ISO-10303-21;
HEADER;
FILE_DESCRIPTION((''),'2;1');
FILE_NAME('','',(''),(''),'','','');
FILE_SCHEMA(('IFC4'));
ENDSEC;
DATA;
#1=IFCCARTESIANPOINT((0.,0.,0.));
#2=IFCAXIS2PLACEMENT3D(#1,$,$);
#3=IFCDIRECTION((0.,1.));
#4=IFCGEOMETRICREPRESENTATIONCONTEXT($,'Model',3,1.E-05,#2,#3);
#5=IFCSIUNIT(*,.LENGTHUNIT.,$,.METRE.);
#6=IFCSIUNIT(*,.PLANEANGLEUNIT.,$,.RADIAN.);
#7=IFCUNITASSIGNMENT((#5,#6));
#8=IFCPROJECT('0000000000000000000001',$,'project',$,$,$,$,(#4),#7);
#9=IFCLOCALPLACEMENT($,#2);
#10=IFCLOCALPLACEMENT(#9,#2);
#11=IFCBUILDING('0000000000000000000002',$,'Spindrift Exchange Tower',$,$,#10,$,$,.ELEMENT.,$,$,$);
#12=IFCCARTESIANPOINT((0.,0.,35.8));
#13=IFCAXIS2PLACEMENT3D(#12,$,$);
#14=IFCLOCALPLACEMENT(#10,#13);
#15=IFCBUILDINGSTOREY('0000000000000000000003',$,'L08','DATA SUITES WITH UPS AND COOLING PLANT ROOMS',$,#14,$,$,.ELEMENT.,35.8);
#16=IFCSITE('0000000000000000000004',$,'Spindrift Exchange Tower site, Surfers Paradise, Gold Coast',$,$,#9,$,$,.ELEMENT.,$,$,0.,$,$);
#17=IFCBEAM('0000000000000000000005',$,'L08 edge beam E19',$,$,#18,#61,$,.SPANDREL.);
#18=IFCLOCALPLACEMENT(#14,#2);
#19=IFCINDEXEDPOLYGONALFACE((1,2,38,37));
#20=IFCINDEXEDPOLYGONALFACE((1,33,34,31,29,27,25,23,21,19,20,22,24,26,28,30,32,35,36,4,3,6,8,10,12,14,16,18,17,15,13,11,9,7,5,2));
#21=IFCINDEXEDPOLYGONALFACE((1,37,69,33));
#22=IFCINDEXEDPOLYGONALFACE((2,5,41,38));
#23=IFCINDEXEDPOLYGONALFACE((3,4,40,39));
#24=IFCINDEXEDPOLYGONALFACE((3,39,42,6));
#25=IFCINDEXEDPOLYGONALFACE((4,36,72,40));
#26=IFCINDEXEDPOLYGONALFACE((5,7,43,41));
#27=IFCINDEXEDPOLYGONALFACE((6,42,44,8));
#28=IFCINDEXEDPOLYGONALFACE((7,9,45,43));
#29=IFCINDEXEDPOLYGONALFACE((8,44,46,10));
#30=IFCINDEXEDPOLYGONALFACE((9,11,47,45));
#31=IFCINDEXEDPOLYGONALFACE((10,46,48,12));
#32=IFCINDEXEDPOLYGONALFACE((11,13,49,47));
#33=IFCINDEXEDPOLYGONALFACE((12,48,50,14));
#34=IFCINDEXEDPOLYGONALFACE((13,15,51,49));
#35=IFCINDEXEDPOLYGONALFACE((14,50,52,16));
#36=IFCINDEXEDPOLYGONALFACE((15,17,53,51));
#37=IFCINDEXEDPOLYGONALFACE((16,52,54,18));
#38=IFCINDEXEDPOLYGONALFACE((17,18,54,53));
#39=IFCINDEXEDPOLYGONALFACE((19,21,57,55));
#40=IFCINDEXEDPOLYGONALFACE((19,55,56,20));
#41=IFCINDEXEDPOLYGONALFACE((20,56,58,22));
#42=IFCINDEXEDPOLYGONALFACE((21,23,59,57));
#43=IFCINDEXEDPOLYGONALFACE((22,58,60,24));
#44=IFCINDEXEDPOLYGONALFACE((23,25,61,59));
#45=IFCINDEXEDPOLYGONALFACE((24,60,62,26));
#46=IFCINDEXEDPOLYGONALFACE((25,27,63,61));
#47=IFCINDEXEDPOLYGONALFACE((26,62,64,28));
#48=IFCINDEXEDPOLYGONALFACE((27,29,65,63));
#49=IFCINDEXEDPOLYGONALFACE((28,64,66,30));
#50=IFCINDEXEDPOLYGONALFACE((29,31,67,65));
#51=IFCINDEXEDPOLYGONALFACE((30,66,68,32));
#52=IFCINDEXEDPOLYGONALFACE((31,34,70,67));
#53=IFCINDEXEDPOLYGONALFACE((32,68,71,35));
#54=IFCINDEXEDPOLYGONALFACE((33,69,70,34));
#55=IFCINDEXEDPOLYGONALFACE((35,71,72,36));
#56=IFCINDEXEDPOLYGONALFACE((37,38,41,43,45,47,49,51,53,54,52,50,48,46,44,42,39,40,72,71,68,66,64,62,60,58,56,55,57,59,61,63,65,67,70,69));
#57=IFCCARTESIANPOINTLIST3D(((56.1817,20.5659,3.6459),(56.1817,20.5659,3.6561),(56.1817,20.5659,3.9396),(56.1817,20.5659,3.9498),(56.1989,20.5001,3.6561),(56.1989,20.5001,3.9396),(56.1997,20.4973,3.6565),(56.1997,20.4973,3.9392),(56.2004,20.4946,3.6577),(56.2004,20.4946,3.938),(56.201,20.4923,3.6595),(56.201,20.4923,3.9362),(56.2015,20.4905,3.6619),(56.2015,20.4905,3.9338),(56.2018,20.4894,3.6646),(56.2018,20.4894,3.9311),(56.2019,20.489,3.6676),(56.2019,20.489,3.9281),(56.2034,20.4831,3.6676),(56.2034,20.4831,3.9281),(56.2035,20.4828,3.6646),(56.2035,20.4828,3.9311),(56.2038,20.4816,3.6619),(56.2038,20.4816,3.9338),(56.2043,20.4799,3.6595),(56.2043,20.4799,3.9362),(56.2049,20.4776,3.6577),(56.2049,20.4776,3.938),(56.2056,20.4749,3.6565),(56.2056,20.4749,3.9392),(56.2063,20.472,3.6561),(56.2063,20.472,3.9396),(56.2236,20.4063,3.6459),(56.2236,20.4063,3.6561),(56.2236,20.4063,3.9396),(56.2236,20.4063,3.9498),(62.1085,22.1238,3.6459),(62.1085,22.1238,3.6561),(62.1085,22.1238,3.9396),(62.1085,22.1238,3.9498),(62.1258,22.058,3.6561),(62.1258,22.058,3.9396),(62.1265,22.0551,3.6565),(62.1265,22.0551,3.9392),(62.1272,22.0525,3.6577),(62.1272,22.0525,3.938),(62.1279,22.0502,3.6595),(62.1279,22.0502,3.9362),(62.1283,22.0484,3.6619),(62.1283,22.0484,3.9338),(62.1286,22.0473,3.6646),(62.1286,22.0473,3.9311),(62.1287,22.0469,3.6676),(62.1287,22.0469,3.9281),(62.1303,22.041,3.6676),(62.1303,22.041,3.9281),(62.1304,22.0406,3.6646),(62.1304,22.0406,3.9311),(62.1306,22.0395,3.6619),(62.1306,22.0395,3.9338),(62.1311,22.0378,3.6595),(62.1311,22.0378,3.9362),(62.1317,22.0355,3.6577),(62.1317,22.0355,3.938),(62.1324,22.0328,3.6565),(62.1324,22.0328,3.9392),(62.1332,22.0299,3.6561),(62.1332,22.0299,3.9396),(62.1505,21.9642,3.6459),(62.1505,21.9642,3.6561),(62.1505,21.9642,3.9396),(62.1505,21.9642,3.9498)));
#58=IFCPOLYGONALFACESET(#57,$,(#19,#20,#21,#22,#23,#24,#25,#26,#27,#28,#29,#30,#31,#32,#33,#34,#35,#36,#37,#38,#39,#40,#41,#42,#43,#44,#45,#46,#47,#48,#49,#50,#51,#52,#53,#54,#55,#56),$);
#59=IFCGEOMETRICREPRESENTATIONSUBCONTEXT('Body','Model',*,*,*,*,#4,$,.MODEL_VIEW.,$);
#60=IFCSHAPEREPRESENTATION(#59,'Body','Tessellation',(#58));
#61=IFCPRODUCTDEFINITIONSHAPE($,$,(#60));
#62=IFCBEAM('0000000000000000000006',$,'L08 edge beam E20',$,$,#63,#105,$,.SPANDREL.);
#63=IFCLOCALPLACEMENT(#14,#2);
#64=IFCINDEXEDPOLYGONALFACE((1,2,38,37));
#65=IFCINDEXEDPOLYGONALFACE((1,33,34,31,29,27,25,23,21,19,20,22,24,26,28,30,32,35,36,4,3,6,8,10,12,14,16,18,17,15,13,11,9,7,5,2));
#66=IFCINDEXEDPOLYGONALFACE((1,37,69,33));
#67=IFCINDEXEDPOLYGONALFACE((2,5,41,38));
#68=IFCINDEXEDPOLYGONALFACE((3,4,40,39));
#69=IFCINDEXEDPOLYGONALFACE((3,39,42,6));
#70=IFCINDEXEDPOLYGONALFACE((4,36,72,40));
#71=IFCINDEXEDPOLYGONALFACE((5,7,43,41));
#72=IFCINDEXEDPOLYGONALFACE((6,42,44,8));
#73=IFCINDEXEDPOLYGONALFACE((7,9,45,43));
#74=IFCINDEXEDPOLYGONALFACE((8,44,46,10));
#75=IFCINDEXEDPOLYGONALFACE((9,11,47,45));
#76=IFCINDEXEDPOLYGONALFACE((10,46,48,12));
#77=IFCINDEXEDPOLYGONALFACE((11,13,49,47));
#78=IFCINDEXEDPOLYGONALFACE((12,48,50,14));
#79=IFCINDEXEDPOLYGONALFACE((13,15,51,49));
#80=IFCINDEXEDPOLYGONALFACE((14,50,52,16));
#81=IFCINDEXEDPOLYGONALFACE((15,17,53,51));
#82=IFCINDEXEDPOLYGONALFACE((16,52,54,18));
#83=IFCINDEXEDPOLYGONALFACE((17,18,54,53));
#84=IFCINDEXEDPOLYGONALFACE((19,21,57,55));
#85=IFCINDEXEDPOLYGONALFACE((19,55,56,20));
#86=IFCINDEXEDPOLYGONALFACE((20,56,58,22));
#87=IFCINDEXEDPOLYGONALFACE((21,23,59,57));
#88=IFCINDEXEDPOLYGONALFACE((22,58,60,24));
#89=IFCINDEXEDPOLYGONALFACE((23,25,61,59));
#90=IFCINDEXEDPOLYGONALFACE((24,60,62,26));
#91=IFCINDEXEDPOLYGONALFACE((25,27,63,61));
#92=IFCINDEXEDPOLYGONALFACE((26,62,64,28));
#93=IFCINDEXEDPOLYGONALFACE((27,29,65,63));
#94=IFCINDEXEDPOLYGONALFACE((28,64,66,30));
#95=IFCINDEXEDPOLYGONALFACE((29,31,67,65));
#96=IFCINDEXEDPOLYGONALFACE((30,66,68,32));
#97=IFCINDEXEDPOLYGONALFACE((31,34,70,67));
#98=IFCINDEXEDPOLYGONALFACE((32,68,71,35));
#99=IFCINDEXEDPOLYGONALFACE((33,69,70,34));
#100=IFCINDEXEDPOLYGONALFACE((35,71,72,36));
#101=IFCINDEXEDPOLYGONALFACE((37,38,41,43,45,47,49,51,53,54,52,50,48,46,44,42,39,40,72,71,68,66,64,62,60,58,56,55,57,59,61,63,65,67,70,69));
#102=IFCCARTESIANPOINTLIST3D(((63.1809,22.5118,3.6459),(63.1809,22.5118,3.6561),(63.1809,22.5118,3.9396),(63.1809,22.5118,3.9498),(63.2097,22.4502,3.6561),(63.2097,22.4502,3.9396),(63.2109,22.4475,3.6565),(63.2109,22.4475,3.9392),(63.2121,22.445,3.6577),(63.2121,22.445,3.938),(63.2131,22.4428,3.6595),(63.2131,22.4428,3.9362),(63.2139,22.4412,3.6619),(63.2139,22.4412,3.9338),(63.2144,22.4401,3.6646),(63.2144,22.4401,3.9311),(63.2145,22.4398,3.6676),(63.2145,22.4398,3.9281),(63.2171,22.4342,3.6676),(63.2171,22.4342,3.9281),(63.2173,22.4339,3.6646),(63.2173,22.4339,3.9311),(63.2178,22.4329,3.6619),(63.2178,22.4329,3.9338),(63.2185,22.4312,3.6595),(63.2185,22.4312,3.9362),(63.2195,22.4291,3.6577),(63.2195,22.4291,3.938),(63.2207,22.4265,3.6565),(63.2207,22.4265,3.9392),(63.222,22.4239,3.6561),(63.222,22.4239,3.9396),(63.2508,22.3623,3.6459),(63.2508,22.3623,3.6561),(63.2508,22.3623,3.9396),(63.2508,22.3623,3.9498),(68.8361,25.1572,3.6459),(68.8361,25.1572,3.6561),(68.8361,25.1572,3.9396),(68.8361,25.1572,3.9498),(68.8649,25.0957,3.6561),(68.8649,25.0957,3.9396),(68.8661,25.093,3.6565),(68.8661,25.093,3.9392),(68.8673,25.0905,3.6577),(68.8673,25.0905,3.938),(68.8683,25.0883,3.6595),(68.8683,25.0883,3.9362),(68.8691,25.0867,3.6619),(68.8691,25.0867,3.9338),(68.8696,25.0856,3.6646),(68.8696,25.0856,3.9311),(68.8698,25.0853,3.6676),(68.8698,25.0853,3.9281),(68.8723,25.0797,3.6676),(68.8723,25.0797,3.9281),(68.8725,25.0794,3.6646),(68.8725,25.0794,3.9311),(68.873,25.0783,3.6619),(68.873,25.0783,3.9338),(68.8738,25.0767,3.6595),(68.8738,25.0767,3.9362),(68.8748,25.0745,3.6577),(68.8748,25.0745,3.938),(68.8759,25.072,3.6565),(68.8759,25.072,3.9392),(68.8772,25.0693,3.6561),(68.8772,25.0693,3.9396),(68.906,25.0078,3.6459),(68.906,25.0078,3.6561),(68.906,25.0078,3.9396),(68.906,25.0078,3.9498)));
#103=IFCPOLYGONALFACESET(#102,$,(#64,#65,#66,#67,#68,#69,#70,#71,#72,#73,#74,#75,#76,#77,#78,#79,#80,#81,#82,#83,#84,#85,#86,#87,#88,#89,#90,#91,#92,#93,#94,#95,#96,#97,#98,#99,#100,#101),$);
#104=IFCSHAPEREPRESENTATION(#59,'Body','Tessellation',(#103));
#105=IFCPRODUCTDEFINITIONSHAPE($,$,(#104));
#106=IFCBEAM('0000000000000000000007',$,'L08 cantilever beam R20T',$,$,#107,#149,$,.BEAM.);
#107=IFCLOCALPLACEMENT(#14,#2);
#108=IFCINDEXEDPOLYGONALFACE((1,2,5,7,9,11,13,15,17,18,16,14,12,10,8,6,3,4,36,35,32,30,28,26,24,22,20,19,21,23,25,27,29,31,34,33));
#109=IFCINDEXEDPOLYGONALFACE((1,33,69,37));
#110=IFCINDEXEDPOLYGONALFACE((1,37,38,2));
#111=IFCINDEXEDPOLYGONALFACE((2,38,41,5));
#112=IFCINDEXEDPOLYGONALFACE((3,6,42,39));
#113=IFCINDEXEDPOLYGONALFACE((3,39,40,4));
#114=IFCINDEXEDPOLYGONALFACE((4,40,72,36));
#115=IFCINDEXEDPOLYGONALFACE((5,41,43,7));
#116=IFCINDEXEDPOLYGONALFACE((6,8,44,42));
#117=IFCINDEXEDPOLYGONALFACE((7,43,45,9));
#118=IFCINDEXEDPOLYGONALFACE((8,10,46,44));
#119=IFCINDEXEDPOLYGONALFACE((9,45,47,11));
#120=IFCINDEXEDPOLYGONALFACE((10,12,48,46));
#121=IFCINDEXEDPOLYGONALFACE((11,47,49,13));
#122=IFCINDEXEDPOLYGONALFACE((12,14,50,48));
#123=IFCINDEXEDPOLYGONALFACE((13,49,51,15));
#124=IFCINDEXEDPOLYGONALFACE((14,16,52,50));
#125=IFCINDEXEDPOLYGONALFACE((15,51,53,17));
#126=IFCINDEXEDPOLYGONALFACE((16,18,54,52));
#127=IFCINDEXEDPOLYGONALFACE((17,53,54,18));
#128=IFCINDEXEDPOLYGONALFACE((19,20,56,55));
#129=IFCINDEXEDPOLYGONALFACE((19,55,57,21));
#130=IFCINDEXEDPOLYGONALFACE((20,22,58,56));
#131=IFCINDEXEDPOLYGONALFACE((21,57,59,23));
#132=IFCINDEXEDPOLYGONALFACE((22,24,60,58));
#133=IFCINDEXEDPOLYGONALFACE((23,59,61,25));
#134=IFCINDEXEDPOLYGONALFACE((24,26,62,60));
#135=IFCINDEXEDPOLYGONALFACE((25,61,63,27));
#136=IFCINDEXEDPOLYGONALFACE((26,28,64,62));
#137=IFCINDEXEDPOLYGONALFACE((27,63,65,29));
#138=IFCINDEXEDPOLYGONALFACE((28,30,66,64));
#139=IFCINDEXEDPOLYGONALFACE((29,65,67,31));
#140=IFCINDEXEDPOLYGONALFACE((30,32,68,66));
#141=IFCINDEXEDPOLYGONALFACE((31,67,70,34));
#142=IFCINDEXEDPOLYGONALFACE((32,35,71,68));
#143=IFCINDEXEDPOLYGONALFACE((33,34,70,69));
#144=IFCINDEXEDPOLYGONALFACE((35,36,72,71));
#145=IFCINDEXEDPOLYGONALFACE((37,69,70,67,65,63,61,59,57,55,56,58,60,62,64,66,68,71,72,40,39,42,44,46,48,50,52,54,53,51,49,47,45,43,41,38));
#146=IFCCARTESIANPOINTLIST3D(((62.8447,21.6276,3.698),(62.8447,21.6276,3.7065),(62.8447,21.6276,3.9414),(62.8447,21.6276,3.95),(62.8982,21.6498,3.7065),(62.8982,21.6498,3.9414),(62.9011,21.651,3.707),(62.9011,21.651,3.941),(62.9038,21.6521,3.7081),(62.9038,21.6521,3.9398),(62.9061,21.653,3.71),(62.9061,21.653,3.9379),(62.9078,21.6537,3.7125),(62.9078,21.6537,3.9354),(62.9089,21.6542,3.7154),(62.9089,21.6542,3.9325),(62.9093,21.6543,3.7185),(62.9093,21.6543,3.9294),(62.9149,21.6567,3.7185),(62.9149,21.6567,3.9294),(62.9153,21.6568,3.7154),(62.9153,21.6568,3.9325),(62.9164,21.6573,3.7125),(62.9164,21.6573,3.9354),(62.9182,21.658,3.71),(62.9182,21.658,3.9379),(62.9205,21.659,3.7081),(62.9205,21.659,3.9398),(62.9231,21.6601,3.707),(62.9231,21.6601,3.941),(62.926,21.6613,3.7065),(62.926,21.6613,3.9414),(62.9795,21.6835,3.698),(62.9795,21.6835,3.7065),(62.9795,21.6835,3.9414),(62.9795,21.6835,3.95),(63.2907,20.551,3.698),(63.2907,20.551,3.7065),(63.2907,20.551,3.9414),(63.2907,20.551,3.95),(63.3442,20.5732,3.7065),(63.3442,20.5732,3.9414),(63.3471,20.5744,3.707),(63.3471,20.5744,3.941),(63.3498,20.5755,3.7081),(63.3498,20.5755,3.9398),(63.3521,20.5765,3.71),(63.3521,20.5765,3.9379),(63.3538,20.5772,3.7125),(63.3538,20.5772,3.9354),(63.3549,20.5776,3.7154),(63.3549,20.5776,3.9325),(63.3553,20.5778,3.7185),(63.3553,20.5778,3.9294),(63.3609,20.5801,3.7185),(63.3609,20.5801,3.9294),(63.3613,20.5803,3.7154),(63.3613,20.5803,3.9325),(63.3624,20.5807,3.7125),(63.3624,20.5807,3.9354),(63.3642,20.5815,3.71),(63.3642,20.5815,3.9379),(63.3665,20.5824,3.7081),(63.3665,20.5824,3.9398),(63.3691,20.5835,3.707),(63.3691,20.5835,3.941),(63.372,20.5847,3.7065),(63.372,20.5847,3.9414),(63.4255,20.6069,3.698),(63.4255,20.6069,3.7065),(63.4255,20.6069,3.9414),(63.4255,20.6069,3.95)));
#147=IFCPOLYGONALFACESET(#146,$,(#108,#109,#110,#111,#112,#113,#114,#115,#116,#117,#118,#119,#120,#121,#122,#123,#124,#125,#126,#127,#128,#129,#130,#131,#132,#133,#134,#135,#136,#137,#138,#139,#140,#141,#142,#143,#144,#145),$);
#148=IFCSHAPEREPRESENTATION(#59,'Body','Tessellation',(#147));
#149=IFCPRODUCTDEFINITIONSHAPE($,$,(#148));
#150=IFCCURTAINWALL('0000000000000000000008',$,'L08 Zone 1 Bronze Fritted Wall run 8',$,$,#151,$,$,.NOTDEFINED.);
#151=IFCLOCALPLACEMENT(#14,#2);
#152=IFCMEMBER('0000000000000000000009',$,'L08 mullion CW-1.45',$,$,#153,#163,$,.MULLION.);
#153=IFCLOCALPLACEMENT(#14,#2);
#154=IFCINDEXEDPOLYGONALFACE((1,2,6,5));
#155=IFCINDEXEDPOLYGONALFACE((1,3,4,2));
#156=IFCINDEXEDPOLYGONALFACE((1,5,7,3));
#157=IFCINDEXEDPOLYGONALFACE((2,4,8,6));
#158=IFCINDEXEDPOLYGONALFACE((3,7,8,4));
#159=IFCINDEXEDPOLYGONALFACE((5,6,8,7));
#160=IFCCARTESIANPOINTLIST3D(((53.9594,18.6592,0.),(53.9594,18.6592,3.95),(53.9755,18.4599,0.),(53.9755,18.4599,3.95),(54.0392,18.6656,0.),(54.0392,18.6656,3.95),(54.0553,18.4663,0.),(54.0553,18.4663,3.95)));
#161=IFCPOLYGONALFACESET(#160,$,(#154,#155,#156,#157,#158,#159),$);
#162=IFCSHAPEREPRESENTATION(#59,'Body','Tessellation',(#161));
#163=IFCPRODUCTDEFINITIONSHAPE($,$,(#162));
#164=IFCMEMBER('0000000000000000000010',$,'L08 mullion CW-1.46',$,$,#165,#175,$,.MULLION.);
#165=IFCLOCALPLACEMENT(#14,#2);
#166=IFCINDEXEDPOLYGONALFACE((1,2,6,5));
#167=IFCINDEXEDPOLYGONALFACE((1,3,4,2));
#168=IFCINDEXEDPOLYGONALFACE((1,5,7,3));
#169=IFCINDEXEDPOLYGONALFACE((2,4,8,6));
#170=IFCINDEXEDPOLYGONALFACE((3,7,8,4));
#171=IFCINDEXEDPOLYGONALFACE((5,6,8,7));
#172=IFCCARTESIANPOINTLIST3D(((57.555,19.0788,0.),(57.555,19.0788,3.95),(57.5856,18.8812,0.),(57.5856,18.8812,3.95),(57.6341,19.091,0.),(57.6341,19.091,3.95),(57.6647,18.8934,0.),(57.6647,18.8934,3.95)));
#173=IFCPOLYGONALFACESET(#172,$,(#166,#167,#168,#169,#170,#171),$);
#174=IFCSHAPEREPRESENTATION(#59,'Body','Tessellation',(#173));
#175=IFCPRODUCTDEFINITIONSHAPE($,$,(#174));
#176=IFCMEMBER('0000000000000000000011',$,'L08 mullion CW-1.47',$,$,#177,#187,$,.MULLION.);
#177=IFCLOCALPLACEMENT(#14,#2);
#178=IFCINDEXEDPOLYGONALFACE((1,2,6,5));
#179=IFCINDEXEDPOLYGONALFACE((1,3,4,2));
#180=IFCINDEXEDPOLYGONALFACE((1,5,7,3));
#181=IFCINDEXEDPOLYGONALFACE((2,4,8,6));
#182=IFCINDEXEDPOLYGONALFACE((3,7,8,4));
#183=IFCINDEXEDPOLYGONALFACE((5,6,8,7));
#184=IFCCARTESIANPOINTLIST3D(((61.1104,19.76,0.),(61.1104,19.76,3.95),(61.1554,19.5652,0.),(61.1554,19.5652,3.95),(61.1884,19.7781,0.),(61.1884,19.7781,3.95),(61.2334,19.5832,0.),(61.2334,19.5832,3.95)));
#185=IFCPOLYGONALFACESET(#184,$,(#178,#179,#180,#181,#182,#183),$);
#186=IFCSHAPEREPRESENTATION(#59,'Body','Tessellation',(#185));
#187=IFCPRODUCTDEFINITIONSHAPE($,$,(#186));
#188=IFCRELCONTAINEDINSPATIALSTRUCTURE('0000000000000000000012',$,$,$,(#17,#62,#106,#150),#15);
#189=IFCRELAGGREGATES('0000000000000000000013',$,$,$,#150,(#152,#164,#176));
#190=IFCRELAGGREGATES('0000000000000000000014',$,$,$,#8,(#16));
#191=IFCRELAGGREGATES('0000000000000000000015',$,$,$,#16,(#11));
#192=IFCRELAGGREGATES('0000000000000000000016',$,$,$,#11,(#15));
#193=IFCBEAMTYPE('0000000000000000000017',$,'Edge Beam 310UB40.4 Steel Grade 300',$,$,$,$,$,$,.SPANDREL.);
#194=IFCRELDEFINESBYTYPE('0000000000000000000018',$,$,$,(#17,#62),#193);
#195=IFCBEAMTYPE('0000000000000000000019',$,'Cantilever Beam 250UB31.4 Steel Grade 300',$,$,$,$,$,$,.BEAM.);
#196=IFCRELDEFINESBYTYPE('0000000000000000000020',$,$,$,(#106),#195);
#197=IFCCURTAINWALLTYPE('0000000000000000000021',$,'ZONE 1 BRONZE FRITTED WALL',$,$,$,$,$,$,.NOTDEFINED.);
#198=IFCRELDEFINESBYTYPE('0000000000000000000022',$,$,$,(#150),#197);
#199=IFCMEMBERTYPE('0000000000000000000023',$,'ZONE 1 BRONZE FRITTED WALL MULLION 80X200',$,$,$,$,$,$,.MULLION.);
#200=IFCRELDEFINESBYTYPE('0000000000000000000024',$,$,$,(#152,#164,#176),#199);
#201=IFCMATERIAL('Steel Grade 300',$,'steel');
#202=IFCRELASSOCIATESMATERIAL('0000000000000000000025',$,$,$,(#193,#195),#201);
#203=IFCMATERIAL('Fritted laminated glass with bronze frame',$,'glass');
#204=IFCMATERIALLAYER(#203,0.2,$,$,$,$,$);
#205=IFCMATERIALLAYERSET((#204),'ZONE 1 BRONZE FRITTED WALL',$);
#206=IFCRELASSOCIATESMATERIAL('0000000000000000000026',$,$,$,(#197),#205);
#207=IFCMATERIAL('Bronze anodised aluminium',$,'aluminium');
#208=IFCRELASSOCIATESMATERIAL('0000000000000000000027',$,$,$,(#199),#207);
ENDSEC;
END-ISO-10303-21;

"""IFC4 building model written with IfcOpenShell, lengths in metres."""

from ifc_helpers import new_model, si_unit, direction, frame, origin, origin_2d, place, context, subcontext, project, spatial, rectangle, i_section, extrude, source, transform, mapped, material, layer, layer_set, material_profile, profile_set, type_object, element, aggregate, save


model = new_model("IFC4")

# Units and contexts
model_context = context("Model", 3, precision=1e-05, world=origin(), true_north=direction((0.0, 1.0)))
body_context = subcontext(model_context, "Body", "Model", "MODEL_VIEW")
ifc_project = project(units=[si_unit("LENGTHUNIT", "METRE"), si_unit("PLANEANGLEUNIT", "RADIAN")], contexts=[model_context])

# Site, building, storey
site_placement = place(None, origin())
site = spatial("IfcSite", under=ifc_project, at=site_placement, Name="Spindrift Exchange Tower site, Surfers Paradise, Gold Coast", CompositionType="ELEMENT", RefElevation=0.0)
building_placement = place(site_placement, origin())
building = spatial("IfcBuilding", under=site, at=building_placement, Name="Spindrift Exchange Tower", CompositionType="ELEMENT")
storey_placement = place(building_placement, frame((0.0, 0.0, 35.8)))
storey = spatial("IfcBuildingStorey", under=building, at=storey_placement, Name="L08", Description="DATA SUITES WITH UPS AND COOLING PLANT ROOMS", CompositionType="ELEMENT", Elevation=35.8)

# Beams
ifc_material_1 = material(Name="Steel Grade 300", Category="steel")
ifc_material_profile_1 = material_profile(ifc_material_1, i_section(OverallWidth=0.165, OverallDepth=0.304, WebThickness=0.0061, FlangeThickness=0.0103, FilletRadius=0.0115, at=origin_2d()), Name="310UB40.4")
ifc_profile_set_1 = profile_set([ifc_material_profile_1], Name="Steel Grade 300")
beam_type_1 = type_object("IfcBeamType", Name="Edge Beam 310UB40.4 Steel Grade 300", PredefinedType="SPANDREL", material=ifc_profile_set_1)
shared_shape_1 = source(origin(), body_context, "Body", "SweptSolid", [
    extrude(i_section(OverallWidth=0.165, OverallDepth=0.304, WebThickness=0.0061, FlangeThickness=0.0103, FilletRadius=0.0115, at=origin_2d()), origin(), (0.0, 0.0, 1.0), 6.1282),
])
beam_1_placement = place(storey_placement, frame((56.2026, 20.4861, 3.7979), z_axis=(0.967147, 0.254217, 0.0), x_axis=(-0.254217, 0.967147, 0.0)))
element("IfcBeam", 1, at=beam_1_placement, inside=storey, type_object=beam_type_1, Name="L08 edge beam E19", PredefinedType="SPANDREL", context=body_context, shape_type="MappedRepresentation", body=[
    mapped(shared_shape_1, transform((0.0, 0.0, 0.0), scale=1.0)),
])
shared_shape_2 = source(origin(), body_context, "Body", "SweptSolid", [
    extrude(i_section(OverallWidth=0.165, OverallDepth=0.304, WebThickness=0.0061, FlangeThickness=0.0103, FilletRadius=0.0115, at=origin_2d()), origin(), (0.0, 0.0, 1.0), 6.2434),
])
beam_2_placement = place(storey_placement, frame((63.2158, 22.437, 3.7979), z_axis=(0.905791, 0.423724, 0.0), x_axis=(-0.423724, 0.905791, 0.0)))
element("IfcBeam", 2, at=beam_2_placement, inside=storey, type_object=beam_type_1, Name="L08 edge beam E20", PredefinedType="SPANDREL", context=body_context, shape_type="MappedRepresentation", body=[
    mapped(shared_shape_2, transform((0.0, 0.0, 0.0), scale=1.0)),
])
ifc_material_profile_2 = material_profile(ifc_material_1, i_section(OverallWidth=0.146, OverallDepth=0.252, WebThickness=0.0061, FlangeThickness=0.0085, FilletRadius=0.012, at=origin_2d()), Name="250UB31.4")
ifc_profile_set_2 = profile_set([ifc_material_profile_2], Name="Steel Grade 300")
beam_type_2 = type_object("IfcBeamType", Name="Cantilever Beam 250UB31.4 Steel Grade 300", PredefinedType="BEAM", material=ifc_profile_set_2)
shared_shape_3 = source(origin(), body_context, "Body", "SweptSolid", [
    extrude(i_section(OverallWidth=0.146, OverallDepth=0.252, WebThickness=0.0061, FlangeThickness=0.0085, FilletRadius=0.012, at=origin_2d()), origin(), (0.0, 0.0, 1.0), 1.1653),
])
beam_3_placement = place(storey_placement, frame((62.9121, 21.6555, 3.824), z_axis=(0.38274, -0.923856, 0.0), x_axis=(0.923856, 0.38274, 0.0)))
element("IfcBeam", 3, at=beam_3_placement, inside=storey, type_object=beam_type_2, Name="L08 cantilever beam R20T", PredefinedType="BEAM", context=body_context, shape_type="MappedRepresentation", body=[
    mapped(shared_shape_3, transform((0.0, 0.0, 0.0), scale=1.0)),
])

# Curtain wall, members
ifc_material_2 = material(Name="Fritted laminated glass with bronze frame", Category="glass")
ifc_layer_1 = layer(ifc_material_2, 0.2)
ifc_layer_set_1 = layer_set([ifc_layer_1], Name="ZONE 1 BRONZE FRITTED WALL")
curtain_wall_type = type_object("IfcCurtainWallType", Name="ZONE 1 BRONZE FRITTED WALL", PredefinedType="NOTDEFINED", material=ifc_layer_set_1)
curtain_wall_placement = place(storey_placement, origin())
curtain_wall = element("IfcCurtainWall", 4, at=curtain_wall_placement, inside=storey, type_object=curtain_wall_type, Name="L08 Zone 1 Bronze Fritted Wall run 8", PredefinedType="NOTDEFINED")
ifc_material_3 = material(Name="Bronze anodised aluminium", Category="aluminium")
ifc_material_profile_3 = material_profile(ifc_material_3, rectangle(XDim=0.0801, YDim=0.2, at=origin_2d()), Name="ZONE 1 BRONZE FRITTED WALL MULLION 80X200")
ifc_profile_set_3 = profile_set([ifc_material_profile_3], Name="Bronze anodised aluminium")
member_type_1 = type_object("IfcMemberType", Name="ZONE 1 BRONZE FRITTED WALL MULLION 80X200", PredefinedType="MULLION", material=ifc_profile_set_3)
shared_shape_4 = source(origin(), body_context, "Body", "SweptSolid", [
    extrude(rectangle(XDim=0.0801, YDim=0.2, at=origin_2d()), origin(), (0.0, 0.0, 1.0), 3.95),
])
member_1_placement = place(storey_placement, frame((54.0073, 18.5627, 0.0), z_axis=(0.0, 0.0, 1.0), x_axis=(0.996754, 0.08051, 0.0)))
member_1 = element("IfcMember", 5, at=member_1_placement, type_object=member_type_1, Name="L08 mullion CW-1.45", PredefinedType="MULLION", context=body_context, shape_type="MappedRepresentation", body=[
    mapped(shared_shape_4, transform((0.0, 0.0, 0.0), scale=1.0)),
])
member_2_placement = place(storey_placement, frame((57.6099, 18.9861, 0.0), z_axis=(0.0, 0.0, 1.0), x_axis=(0.988233, 0.152954, 0.0)))
member_2 = element("IfcMember", 6, at=member_2_placement, type_object=member_type_1, Name="L08 mullion CW-1.46", PredefinedType="MULLION", context=body_context, shape_type="MappedRepresentation", body=[
    mapped(shared_shape_4, transform((0.0, 0.0, 0.0), scale=1.0)),
])
member_3_placement = place(storey_placement, frame((61.1719, 19.6716, 0.0), z_axis=(0.0, 0.0, 1.0), x_axis=(0.974315, 0.225191, 0.0)))
member_3 = element("IfcMember", 7, at=member_3_placement, type_object=member_type_1, Name="L08 mullion CW-1.47", PredefinedType="MULLION", context=body_context, shape_type="MappedRepresentation", body=[
    mapped(shared_shape_4, transform((0.0, 0.0, 0.0), scale=1.0)),
])
aggregate(curtain_wall, [member_1, member_2, member_3])

save(model, "model.ifc")
